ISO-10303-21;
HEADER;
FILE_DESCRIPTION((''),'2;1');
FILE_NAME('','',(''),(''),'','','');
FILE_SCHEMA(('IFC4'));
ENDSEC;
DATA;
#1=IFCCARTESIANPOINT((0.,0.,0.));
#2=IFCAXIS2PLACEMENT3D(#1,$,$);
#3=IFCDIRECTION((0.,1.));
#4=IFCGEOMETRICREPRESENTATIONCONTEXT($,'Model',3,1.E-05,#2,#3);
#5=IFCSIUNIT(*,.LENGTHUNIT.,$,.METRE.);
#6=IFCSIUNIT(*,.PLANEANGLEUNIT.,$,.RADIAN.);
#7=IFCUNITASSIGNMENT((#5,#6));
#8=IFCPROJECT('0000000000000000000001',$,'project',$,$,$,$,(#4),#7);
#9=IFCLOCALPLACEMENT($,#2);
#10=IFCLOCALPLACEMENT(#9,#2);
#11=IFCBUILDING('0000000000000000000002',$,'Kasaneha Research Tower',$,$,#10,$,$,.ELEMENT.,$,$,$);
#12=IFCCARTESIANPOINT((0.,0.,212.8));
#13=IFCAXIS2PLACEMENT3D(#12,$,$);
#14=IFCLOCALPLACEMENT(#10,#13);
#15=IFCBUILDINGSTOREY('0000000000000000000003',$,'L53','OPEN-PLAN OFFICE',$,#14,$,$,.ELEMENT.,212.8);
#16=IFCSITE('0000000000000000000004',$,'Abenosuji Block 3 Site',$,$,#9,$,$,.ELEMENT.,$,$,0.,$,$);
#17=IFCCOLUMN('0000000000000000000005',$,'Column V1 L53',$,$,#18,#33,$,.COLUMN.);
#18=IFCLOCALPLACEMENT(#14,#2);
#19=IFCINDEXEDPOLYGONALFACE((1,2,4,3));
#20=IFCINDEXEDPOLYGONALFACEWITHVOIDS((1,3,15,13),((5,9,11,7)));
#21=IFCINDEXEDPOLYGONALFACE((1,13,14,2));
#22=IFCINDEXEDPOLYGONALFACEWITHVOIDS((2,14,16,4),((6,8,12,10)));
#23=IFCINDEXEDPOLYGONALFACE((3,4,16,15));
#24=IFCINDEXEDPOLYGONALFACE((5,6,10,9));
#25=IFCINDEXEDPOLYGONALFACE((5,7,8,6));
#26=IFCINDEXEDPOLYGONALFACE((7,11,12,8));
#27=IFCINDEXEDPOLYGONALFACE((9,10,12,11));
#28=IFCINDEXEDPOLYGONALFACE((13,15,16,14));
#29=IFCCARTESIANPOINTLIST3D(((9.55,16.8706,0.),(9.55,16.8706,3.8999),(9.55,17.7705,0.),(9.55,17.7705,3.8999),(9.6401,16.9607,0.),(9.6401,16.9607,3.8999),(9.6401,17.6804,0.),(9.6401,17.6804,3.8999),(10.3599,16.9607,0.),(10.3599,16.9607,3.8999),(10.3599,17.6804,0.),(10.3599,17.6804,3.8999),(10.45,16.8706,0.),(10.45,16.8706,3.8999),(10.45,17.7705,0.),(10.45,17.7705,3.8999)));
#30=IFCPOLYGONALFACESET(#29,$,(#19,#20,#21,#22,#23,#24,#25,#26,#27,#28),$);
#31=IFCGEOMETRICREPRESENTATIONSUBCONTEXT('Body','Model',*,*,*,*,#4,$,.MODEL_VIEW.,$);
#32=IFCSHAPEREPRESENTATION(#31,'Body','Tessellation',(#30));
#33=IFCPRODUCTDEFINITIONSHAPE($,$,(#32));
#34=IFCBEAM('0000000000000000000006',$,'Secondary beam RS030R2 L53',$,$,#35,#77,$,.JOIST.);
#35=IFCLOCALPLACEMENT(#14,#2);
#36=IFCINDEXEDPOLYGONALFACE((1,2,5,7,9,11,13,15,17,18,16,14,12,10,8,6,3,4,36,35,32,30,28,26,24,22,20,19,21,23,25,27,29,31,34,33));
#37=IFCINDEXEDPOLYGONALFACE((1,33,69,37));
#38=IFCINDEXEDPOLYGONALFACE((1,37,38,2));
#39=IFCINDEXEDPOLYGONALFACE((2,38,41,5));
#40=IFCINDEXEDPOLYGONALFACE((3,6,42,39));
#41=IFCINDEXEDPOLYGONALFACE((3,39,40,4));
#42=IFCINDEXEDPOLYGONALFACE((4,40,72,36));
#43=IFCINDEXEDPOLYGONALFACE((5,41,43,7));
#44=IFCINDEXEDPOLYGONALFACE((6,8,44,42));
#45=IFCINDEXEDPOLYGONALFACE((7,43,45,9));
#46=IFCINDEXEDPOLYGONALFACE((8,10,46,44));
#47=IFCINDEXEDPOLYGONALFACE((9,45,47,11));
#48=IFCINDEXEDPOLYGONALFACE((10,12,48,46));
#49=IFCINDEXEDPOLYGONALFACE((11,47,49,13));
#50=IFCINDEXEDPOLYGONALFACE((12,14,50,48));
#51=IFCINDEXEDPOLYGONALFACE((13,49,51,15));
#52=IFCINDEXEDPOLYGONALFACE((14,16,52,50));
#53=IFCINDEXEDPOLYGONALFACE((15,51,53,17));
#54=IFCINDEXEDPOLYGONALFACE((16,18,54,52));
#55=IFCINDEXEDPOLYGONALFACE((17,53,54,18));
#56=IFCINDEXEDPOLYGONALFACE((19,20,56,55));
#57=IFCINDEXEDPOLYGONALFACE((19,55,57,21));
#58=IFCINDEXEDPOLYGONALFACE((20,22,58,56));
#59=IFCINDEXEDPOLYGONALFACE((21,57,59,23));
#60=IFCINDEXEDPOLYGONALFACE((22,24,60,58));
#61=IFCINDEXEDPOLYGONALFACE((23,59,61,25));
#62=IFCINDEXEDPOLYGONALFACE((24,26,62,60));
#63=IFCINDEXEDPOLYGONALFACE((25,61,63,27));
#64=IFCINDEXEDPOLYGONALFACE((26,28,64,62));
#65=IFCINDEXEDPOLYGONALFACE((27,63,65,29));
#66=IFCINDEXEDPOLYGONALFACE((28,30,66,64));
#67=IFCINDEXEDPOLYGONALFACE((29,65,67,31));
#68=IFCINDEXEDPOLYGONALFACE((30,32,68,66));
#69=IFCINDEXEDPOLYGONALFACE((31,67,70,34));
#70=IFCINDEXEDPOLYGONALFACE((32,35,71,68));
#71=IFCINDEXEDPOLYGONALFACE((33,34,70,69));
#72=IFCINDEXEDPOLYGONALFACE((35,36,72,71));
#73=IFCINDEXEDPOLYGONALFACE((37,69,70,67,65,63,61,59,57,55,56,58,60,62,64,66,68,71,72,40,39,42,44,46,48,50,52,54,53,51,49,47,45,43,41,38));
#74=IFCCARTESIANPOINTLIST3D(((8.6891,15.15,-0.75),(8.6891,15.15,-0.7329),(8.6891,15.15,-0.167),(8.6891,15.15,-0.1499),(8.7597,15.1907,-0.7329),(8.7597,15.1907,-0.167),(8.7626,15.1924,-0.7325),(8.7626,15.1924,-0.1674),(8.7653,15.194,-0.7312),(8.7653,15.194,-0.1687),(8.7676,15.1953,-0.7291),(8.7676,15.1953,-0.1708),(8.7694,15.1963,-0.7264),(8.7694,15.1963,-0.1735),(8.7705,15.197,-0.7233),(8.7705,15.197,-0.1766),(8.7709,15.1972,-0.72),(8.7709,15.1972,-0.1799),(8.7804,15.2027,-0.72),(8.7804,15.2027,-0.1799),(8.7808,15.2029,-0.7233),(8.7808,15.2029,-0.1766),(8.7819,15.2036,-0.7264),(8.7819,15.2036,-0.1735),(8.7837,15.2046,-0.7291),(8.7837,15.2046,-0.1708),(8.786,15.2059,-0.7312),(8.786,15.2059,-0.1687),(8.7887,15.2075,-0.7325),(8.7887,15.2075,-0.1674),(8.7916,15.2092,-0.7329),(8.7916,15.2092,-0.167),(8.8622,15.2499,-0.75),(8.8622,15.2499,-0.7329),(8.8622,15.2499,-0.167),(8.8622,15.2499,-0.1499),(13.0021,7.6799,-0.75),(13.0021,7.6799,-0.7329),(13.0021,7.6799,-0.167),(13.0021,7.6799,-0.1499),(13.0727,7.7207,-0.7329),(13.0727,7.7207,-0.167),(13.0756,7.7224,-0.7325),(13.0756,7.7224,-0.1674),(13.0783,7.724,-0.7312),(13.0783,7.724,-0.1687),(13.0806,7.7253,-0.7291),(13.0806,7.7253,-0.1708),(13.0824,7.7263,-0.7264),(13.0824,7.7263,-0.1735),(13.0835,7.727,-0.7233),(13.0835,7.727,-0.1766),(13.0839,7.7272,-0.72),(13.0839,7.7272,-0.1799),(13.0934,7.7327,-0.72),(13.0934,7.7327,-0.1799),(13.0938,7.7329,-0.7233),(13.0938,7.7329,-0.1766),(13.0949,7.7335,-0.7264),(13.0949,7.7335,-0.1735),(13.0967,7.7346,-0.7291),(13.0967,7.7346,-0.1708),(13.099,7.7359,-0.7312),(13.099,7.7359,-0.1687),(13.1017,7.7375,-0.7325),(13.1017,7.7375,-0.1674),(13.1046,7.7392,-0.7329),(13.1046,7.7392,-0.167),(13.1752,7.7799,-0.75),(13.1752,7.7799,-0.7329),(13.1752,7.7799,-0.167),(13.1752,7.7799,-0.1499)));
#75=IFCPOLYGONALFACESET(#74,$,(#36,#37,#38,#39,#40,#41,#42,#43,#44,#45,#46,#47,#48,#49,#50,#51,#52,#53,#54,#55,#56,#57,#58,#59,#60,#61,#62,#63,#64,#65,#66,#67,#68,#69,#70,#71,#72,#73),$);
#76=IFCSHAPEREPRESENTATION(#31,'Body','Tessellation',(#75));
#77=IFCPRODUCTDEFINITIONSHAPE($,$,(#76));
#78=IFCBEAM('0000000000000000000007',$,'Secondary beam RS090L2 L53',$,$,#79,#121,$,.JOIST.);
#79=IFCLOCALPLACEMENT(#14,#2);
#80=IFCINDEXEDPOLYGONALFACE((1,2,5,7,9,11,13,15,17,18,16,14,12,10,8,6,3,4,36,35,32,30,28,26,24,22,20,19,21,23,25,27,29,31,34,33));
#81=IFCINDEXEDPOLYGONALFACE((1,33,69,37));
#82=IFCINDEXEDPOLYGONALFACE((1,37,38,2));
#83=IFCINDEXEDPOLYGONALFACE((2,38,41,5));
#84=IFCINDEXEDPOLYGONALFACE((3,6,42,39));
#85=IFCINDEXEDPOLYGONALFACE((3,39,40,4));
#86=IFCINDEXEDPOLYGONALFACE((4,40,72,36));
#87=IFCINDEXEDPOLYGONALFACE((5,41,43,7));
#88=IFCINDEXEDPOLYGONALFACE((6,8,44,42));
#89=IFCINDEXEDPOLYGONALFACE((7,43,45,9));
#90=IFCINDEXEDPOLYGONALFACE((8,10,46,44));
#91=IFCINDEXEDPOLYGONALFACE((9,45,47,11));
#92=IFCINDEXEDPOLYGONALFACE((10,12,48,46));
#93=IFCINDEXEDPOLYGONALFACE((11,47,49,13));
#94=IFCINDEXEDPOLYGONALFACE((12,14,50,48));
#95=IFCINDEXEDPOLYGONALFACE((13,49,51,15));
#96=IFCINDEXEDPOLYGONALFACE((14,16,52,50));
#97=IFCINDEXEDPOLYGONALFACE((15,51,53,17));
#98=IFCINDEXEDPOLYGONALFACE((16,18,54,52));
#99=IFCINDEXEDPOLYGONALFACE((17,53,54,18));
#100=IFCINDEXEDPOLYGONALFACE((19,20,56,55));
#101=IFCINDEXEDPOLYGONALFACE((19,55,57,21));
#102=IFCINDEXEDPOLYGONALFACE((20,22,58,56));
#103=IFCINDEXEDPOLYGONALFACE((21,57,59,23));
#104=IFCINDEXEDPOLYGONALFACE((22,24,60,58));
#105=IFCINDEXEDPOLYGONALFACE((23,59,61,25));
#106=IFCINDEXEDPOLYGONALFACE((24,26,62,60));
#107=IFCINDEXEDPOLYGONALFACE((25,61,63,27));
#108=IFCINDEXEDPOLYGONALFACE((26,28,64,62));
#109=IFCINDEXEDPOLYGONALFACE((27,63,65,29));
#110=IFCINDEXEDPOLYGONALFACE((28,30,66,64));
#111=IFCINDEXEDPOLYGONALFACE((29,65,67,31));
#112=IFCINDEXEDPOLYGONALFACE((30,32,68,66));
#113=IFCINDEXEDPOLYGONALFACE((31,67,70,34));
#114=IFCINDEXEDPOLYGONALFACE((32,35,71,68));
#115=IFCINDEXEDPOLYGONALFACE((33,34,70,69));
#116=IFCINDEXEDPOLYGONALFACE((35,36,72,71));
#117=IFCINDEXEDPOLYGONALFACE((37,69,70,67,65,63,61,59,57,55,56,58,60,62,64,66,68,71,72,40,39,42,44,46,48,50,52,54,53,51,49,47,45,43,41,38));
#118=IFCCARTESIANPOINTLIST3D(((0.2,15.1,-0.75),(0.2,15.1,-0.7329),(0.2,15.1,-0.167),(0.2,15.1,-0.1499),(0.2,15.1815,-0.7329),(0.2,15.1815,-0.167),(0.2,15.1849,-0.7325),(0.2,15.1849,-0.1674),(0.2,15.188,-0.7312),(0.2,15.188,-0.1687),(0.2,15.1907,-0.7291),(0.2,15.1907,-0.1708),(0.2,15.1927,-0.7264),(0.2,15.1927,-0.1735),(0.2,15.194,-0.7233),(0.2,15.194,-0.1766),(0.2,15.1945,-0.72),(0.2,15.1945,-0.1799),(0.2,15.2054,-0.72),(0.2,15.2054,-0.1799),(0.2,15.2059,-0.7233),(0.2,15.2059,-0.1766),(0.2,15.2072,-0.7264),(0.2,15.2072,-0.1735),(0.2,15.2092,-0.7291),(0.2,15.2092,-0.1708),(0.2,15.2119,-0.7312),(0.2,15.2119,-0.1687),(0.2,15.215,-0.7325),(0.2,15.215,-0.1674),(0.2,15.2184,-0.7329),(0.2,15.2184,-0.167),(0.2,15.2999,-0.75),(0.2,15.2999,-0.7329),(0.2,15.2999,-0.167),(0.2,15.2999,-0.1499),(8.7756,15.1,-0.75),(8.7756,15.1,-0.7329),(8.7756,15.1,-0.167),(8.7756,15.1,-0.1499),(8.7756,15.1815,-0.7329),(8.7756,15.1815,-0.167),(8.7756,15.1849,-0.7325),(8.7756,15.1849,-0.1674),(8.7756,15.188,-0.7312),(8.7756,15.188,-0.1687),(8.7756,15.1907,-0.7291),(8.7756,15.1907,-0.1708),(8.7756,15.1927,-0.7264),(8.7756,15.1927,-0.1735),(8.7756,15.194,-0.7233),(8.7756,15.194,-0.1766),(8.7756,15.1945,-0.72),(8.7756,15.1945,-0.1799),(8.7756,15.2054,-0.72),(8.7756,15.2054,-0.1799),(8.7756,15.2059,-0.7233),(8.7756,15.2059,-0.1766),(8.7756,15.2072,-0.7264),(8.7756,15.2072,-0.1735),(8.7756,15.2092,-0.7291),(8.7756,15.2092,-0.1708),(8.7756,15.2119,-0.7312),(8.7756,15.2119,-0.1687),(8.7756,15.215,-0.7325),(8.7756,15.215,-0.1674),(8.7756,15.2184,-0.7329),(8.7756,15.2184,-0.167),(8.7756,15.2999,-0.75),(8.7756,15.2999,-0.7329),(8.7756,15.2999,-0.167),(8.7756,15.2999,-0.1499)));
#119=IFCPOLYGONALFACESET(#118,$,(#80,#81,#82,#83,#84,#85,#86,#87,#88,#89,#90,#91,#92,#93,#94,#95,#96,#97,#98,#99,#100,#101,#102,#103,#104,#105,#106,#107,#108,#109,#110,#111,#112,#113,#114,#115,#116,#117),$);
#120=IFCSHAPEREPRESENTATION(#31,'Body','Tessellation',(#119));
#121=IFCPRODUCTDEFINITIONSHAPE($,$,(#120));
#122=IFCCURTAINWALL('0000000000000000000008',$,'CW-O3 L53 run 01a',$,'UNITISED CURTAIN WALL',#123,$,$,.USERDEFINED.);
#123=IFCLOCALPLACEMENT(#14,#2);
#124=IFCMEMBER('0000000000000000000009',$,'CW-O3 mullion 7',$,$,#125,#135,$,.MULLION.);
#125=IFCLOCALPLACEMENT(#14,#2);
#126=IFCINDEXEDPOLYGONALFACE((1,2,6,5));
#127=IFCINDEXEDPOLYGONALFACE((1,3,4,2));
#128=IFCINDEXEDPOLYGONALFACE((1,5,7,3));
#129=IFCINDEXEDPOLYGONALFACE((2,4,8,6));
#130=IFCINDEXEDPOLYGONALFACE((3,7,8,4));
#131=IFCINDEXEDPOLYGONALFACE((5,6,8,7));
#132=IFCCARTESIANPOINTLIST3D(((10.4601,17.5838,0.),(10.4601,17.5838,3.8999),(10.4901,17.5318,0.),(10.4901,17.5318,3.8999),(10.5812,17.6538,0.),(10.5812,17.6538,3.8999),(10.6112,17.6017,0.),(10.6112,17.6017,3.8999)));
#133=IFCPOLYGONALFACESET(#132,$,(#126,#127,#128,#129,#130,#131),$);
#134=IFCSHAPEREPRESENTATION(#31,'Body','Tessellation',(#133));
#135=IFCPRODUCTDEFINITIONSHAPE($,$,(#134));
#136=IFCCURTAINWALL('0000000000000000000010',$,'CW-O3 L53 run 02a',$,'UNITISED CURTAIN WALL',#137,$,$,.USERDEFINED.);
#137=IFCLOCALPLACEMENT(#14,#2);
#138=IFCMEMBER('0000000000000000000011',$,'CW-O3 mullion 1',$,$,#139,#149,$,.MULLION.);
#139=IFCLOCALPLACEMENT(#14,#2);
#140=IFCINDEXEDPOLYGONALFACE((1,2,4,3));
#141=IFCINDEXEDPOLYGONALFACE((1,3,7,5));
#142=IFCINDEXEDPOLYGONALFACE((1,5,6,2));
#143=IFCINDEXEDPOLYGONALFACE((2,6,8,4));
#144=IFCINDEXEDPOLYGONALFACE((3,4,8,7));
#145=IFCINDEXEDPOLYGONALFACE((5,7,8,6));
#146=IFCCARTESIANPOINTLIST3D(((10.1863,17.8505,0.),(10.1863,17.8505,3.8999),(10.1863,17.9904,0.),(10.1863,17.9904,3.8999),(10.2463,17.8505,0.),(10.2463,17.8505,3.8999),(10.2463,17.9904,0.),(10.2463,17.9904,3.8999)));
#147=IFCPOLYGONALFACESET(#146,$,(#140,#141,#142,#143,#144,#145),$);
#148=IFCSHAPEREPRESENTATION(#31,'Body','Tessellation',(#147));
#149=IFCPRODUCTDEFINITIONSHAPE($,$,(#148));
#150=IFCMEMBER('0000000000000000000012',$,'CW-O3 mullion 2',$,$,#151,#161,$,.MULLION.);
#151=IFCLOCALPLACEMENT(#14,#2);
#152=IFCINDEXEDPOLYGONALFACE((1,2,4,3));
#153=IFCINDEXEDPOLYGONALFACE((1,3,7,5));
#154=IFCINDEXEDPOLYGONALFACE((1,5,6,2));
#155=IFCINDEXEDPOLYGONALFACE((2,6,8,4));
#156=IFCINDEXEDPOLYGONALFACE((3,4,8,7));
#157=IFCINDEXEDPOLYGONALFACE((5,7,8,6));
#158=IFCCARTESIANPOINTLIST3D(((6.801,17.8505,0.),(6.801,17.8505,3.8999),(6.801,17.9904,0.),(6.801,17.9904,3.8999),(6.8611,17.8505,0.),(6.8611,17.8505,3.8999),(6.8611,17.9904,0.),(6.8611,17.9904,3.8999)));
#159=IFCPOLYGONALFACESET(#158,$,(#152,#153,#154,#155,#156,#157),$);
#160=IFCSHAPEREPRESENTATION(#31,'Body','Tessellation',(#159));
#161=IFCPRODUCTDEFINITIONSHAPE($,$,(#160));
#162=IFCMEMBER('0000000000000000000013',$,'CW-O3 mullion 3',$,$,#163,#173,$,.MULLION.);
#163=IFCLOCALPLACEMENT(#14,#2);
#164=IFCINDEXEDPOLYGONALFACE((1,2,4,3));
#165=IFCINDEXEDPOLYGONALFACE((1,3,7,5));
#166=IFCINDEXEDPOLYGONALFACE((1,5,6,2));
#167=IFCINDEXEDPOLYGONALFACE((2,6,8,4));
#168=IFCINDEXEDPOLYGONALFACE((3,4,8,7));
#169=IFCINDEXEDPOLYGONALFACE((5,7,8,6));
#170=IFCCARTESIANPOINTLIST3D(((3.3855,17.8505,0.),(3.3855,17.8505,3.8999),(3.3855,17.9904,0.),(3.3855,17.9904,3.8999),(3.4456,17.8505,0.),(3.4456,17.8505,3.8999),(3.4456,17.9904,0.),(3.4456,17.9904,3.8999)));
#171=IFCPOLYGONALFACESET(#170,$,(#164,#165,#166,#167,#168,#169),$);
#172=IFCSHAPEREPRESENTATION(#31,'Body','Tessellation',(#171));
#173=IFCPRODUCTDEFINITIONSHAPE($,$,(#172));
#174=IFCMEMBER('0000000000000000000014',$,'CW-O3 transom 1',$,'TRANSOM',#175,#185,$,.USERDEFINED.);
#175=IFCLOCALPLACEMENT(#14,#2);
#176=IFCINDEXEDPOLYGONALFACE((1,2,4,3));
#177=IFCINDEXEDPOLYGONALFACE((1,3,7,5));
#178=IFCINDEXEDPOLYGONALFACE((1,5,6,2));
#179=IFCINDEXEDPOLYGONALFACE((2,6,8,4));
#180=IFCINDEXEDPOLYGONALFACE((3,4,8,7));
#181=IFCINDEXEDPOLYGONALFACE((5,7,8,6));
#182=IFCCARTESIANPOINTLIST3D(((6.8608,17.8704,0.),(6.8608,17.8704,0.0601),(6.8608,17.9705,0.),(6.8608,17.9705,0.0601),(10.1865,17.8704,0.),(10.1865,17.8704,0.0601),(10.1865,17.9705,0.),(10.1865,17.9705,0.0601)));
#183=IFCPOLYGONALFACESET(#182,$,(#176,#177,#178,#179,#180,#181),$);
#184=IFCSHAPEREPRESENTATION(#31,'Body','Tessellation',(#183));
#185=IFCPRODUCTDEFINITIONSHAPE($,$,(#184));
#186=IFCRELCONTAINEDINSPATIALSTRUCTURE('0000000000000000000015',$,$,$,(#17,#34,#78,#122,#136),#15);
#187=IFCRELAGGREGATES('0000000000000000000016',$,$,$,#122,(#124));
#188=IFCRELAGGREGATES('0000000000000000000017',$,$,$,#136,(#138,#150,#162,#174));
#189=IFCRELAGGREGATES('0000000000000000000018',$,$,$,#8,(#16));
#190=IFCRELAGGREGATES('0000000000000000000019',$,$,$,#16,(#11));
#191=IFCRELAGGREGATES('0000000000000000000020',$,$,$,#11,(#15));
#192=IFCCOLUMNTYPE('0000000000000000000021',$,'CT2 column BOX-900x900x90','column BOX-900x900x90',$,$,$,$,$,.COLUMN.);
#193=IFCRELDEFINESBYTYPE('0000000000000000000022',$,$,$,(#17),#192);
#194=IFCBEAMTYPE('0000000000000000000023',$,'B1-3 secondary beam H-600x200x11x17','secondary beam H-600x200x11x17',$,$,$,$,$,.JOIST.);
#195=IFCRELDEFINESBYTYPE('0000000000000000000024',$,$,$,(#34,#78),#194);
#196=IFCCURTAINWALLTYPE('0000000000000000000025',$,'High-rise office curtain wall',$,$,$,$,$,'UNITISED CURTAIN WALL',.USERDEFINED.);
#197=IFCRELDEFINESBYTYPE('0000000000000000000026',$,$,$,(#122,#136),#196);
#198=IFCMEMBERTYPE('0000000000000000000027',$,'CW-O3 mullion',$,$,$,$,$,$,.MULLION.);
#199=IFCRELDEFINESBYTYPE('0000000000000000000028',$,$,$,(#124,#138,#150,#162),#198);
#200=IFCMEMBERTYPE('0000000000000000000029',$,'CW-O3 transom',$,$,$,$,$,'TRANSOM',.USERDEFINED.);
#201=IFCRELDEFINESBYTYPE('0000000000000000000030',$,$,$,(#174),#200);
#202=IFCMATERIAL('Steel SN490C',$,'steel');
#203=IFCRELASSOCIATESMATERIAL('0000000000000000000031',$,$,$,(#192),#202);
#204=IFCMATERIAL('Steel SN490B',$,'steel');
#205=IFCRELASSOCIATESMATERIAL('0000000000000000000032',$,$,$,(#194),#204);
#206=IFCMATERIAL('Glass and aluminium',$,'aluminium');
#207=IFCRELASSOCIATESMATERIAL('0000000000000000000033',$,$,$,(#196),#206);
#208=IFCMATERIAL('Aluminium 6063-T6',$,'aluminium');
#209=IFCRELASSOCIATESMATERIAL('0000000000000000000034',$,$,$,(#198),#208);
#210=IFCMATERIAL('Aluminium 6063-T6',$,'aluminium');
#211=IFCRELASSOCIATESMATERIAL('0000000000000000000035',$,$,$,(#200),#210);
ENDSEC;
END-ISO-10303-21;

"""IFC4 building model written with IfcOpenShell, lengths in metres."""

from ifc_helpers import new_model, si_unit, direction, frame, origin, origin_2d, place, context, subcontext, project, spatial, rectangle, hollow_rectangle, i_section, extrude, material, material_profile, profile_set, type_object, element, aggregate, save


model = new_model("IFC4")

# Units and contexts
model_context = context("Model", 3, precision=1e-05, world=origin(), true_north=direction((0.0, 1.0)))
body_context = subcontext(model_context, "Body", "Model", "MODEL_VIEW")
ifc_project = project(units=[si_unit("LENGTHUNIT", "METRE"), si_unit("PLANEANGLEUNIT", "RADIAN")], contexts=[model_context])

# Site, building, storey
site_placement = place(None, origin())
site = spatial("IfcSite", under=ifc_project, at=site_placement, Name="Abenosuji Block 3 Site", CompositionType="ELEMENT", RefElevation=0.0)
building_placement = place(site_placement, origin())
building = spatial("IfcBuilding", under=site, at=building_placement, Name="Kasaneha Research Tower", CompositionType="ELEMENT")
storey_placement = place(building_placement, frame((0.0, 0.0, 212.8)))
storey = spatial("IfcBuildingStorey", under=building, at=storey_placement, Name="L53", Description="OPEN-PLAN OFFICE", CompositionType="ELEMENT", Elevation=212.8)

# Column
ifc_material_1 = material(Name="Steel SN490C", Category="steel")
ifc_material_profile_1 = material_profile(ifc_material_1, hollow_rectangle(XDim=0.8999, YDim=0.8999, WallThickness=0.0901, at=origin_2d()), Name="BOX-900x900x90")
ifc_profile_set_1 = profile_set([ifc_material_profile_1], Name="Steel SN490C")
column_type = type_object("IfcColumnType", Name="CT2 column BOX-900x900x90", Description="column BOX-900x900x90", PredefinedType="COLUMN", material=ifc_profile_set_1)
column_placement = place(storey_placement, frame((10.0, 17.3206, 0.0), z_axis=(0.0, 0.0, 1.0), x_axis=(1.0, 0.0, 0.0)))
element("IfcColumn", 1, at=column_placement, inside=storey, type_object=column_type, Name="Column V1 L53", PredefinedType="COLUMN", context=body_context, shape_type="SweptSolid", body=[
    extrude(hollow_rectangle(XDim=0.8999, YDim=0.8999, WallThickness=0.0901, at=origin_2d()), origin(), (0.0, 0.0, 1.0), 3.8999),
])

# Beams
ifc_material_2 = material(Name="Steel SN490B", Category="steel")
ifc_material_profile_2 = material_profile(ifc_material_2, i_section(OverallWidth=0.2, OverallDepth=0.6001, WebThickness=0.011, FlangeThickness=0.0171, FilletRadius=0.0129, at=origin_2d()), Name="H-600x200x11x17")
ifc_profile_set_2 = profile_set([ifc_material_profile_2], Name="Steel SN490B")
beam_type_1 = type_object("IfcBeamType", Name="B1-3 secondary beam H-600x200x11x17", Description="secondary beam H-600x200x11x17", PredefinedType="JOIST", material=ifc_profile_set_2)
beam_1_placement = place(storey_placement, frame((8.7756, 15.2, -0.45), z_axis=(0.500017, -0.866015, 0.0), x_axis=(0.866015, 0.500017, 0.0)))
element("IfcBeam", 2, at=beam_1_placement, inside=storey, type_object=beam_type_1, Name="Secondary beam RS030R2 L53", PredefinedType="JOIST", context=body_context, shape_type="SweptSolid", body=[
    extrude(i_section(OverallWidth=0.2, OverallDepth=0.6001, WebThickness=0.011, FlangeThickness=0.0171, FilletRadius=0.0129, at=origin_2d()), origin(), (0.0, 0.0, 1.0), 8.6257),
])
beam_2_placement = place(storey_placement, frame((8.7756, 15.2, -0.45), z_axis=(-1.0, 0.0, 0.0), x_axis=(0.0, -1.0, 0.0)))
element("IfcBeam", 3, at=beam_2_placement, inside=storey, type_object=beam_type_1, Name="Secondary beam RS090L2 L53", PredefinedType="JOIST", context=body_context, shape_type="SweptSolid", body=[
    extrude(i_section(OverallWidth=0.2, OverallDepth=0.6001, WebThickness=0.011, FlangeThickness=0.0171, FilletRadius=0.0129, at=origin_2d()), origin(), (0.0, 0.0, 1.0), 8.5757),
])

# Curtain wall, member
ifc_material_3 = material(Name="Glass and aluminium", Category="aluminium")
curtain_wall_type = type_object("IfcCurtainWallType", Name="High-rise office curtain wall", ElementType="UNITISED CURTAIN WALL", PredefinedType="USERDEFINED", material=ifc_material_3)
curtain_wall_1_placement = place(storey_placement, origin())
curtain_wall_1 = element("IfcCurtainWall", 4, at=curtain_wall_1_placement, inside=storey, type_object=curtain_wall_type, Name="CW-O3 L53 run 01a", ObjectType="UNITISED CURTAIN WALL", PredefinedType="USERDEFINED")
ifc_material_4 = material(Name="Aluminium 6063-T6", Category="aluminium")
ifc_material_profile_3 = material_profile(ifc_material_4, rectangle(XDim=0.0601, YDim=0.1399, at=origin_2d()), Name="CW-O3 mullion 60x140")
ifc_profile_set_3 = profile_set([ifc_material_profile_3], Name="Aluminium 6063-T6")
member_type_1 = type_object("IfcMemberType", Name="CW-O3 mullion", PredefinedType="MULLION", material=ifc_profile_set_3)
member_1_placement = place(storey_placement, frame((10.5356, 17.5928, 0.0), z_axis=(0.0, 0.0, 1.0), x_axis=(-0.5, 0.866025, 0.0)))
member_1 = element("IfcMember", 5, at=member_1_placement, type_object=member_type_1, Name="CW-O3 mullion 7", PredefinedType="MULLION", context=body_context, shape_type="SweptSolid", body=[
    extrude(rectangle(XDim=0.0601, YDim=0.1399, at=origin_2d()), origin(), (0.0, 0.0, 1.0), 3.8999),
])

# Curtain wall, members
curtain_wall_2_placement = place(storey_placement, origin())
curtain_wall_2 = element("IfcCurtainWall", 6, at=curtain_wall_2_placement, inside=storey, type_object=curtain_wall_type, Name="CW-O3 L53 run 02a", ObjectType="UNITISED CURTAIN WALL", PredefinedType="USERDEFINED")
member_2_placement = place(storey_placement, frame((10.2163, 17.9204, 0.0), z_axis=(0.0, 0.0, 1.0), x_axis=(-1.0, 0.0, 0.0)))
member_2 = element("IfcMember", 7, at=member_2_placement, type_object=member_type_1, Name="CW-O3 mullion 1", PredefinedType="MULLION", context=body_context, shape_type="SweptSolid", body=[
    extrude(rectangle(XDim=0.0601, YDim=0.1399, at=origin_2d()), origin(), (0.0, 0.0, 1.0), 3.8999),
])
member_3_placement = place(storey_placement, frame((6.8311, 17.9204, 0.0), z_axis=(0.0, 0.0, 1.0), x_axis=(-1.0, 0.0, 0.0)))
member_3 = element("IfcMember", 8, at=member_3_placement, type_object=member_type_1, Name="CW-O3 mullion 2", PredefinedType="MULLION", context=body_context, shape_type="SweptSolid", body=[
    extrude(rectangle(XDim=0.0601, YDim=0.1399, at=origin_2d()), origin(), (0.0, 0.0, 1.0), 3.8999),
])
member_4_placement = place(storey_placement, frame((3.4155, 17.9204, 0.0), z_axis=(0.0, 0.0, 1.0), x_axis=(-1.0, 0.0, 0.0)))
member_4 = element("IfcMember", 9, at=member_4_placement, type_object=member_type_1, Name="CW-O3 mullion 3", PredefinedType="MULLION", context=body_context, shape_type="SweptSolid", body=[
    extrude(rectangle(XDim=0.0601, YDim=0.1399, at=origin_2d()), origin(), (0.0, 0.0, 1.0), 3.8999),
])
ifc_material_5 = material(Name="Aluminium 6063-T6", Category="aluminium")
ifc_material_profile_4 = material_profile(ifc_material_5, rectangle(XDim=0.1001, YDim=0.0601, at=origin_2d()), Name="CW-O3 transom 100x60")
ifc_profile_set_4 = profile_set([ifc_material_profile_4], Name="Aluminium 6063-T6")
member_type_2 = type_object("IfcMemberType", Name="CW-O3 transom", ElementType="TRANSOM", PredefinedType="USERDEFINED", material=ifc_profile_set_4)
member_5_placement = place(storey_placement, frame((10.1865, 17.9204, 0.03), z_axis=(-1.0, 0.0, 0.0), x_axis=(0.0, -1.0, 0.0)))
member_5 = element("IfcMember", 10, at=member_5_placement, type_object=member_type_2, Name="CW-O3 transom 1", ObjectType="TRANSOM", PredefinedType="USERDEFINED", context=body_context, shape_type="SweptSolid", body=[
    extrude(rectangle(XDim=0.1001, YDim=0.0601, at=origin_2d()), origin(), (0.0, 0.0, 1.0), 3.3257),
])

aggregate(curtain_wall_1, [member_1])
aggregate(curtain_wall_2, [member_2, member_3, member_4, member_5])

save(model, "model.ifc")
